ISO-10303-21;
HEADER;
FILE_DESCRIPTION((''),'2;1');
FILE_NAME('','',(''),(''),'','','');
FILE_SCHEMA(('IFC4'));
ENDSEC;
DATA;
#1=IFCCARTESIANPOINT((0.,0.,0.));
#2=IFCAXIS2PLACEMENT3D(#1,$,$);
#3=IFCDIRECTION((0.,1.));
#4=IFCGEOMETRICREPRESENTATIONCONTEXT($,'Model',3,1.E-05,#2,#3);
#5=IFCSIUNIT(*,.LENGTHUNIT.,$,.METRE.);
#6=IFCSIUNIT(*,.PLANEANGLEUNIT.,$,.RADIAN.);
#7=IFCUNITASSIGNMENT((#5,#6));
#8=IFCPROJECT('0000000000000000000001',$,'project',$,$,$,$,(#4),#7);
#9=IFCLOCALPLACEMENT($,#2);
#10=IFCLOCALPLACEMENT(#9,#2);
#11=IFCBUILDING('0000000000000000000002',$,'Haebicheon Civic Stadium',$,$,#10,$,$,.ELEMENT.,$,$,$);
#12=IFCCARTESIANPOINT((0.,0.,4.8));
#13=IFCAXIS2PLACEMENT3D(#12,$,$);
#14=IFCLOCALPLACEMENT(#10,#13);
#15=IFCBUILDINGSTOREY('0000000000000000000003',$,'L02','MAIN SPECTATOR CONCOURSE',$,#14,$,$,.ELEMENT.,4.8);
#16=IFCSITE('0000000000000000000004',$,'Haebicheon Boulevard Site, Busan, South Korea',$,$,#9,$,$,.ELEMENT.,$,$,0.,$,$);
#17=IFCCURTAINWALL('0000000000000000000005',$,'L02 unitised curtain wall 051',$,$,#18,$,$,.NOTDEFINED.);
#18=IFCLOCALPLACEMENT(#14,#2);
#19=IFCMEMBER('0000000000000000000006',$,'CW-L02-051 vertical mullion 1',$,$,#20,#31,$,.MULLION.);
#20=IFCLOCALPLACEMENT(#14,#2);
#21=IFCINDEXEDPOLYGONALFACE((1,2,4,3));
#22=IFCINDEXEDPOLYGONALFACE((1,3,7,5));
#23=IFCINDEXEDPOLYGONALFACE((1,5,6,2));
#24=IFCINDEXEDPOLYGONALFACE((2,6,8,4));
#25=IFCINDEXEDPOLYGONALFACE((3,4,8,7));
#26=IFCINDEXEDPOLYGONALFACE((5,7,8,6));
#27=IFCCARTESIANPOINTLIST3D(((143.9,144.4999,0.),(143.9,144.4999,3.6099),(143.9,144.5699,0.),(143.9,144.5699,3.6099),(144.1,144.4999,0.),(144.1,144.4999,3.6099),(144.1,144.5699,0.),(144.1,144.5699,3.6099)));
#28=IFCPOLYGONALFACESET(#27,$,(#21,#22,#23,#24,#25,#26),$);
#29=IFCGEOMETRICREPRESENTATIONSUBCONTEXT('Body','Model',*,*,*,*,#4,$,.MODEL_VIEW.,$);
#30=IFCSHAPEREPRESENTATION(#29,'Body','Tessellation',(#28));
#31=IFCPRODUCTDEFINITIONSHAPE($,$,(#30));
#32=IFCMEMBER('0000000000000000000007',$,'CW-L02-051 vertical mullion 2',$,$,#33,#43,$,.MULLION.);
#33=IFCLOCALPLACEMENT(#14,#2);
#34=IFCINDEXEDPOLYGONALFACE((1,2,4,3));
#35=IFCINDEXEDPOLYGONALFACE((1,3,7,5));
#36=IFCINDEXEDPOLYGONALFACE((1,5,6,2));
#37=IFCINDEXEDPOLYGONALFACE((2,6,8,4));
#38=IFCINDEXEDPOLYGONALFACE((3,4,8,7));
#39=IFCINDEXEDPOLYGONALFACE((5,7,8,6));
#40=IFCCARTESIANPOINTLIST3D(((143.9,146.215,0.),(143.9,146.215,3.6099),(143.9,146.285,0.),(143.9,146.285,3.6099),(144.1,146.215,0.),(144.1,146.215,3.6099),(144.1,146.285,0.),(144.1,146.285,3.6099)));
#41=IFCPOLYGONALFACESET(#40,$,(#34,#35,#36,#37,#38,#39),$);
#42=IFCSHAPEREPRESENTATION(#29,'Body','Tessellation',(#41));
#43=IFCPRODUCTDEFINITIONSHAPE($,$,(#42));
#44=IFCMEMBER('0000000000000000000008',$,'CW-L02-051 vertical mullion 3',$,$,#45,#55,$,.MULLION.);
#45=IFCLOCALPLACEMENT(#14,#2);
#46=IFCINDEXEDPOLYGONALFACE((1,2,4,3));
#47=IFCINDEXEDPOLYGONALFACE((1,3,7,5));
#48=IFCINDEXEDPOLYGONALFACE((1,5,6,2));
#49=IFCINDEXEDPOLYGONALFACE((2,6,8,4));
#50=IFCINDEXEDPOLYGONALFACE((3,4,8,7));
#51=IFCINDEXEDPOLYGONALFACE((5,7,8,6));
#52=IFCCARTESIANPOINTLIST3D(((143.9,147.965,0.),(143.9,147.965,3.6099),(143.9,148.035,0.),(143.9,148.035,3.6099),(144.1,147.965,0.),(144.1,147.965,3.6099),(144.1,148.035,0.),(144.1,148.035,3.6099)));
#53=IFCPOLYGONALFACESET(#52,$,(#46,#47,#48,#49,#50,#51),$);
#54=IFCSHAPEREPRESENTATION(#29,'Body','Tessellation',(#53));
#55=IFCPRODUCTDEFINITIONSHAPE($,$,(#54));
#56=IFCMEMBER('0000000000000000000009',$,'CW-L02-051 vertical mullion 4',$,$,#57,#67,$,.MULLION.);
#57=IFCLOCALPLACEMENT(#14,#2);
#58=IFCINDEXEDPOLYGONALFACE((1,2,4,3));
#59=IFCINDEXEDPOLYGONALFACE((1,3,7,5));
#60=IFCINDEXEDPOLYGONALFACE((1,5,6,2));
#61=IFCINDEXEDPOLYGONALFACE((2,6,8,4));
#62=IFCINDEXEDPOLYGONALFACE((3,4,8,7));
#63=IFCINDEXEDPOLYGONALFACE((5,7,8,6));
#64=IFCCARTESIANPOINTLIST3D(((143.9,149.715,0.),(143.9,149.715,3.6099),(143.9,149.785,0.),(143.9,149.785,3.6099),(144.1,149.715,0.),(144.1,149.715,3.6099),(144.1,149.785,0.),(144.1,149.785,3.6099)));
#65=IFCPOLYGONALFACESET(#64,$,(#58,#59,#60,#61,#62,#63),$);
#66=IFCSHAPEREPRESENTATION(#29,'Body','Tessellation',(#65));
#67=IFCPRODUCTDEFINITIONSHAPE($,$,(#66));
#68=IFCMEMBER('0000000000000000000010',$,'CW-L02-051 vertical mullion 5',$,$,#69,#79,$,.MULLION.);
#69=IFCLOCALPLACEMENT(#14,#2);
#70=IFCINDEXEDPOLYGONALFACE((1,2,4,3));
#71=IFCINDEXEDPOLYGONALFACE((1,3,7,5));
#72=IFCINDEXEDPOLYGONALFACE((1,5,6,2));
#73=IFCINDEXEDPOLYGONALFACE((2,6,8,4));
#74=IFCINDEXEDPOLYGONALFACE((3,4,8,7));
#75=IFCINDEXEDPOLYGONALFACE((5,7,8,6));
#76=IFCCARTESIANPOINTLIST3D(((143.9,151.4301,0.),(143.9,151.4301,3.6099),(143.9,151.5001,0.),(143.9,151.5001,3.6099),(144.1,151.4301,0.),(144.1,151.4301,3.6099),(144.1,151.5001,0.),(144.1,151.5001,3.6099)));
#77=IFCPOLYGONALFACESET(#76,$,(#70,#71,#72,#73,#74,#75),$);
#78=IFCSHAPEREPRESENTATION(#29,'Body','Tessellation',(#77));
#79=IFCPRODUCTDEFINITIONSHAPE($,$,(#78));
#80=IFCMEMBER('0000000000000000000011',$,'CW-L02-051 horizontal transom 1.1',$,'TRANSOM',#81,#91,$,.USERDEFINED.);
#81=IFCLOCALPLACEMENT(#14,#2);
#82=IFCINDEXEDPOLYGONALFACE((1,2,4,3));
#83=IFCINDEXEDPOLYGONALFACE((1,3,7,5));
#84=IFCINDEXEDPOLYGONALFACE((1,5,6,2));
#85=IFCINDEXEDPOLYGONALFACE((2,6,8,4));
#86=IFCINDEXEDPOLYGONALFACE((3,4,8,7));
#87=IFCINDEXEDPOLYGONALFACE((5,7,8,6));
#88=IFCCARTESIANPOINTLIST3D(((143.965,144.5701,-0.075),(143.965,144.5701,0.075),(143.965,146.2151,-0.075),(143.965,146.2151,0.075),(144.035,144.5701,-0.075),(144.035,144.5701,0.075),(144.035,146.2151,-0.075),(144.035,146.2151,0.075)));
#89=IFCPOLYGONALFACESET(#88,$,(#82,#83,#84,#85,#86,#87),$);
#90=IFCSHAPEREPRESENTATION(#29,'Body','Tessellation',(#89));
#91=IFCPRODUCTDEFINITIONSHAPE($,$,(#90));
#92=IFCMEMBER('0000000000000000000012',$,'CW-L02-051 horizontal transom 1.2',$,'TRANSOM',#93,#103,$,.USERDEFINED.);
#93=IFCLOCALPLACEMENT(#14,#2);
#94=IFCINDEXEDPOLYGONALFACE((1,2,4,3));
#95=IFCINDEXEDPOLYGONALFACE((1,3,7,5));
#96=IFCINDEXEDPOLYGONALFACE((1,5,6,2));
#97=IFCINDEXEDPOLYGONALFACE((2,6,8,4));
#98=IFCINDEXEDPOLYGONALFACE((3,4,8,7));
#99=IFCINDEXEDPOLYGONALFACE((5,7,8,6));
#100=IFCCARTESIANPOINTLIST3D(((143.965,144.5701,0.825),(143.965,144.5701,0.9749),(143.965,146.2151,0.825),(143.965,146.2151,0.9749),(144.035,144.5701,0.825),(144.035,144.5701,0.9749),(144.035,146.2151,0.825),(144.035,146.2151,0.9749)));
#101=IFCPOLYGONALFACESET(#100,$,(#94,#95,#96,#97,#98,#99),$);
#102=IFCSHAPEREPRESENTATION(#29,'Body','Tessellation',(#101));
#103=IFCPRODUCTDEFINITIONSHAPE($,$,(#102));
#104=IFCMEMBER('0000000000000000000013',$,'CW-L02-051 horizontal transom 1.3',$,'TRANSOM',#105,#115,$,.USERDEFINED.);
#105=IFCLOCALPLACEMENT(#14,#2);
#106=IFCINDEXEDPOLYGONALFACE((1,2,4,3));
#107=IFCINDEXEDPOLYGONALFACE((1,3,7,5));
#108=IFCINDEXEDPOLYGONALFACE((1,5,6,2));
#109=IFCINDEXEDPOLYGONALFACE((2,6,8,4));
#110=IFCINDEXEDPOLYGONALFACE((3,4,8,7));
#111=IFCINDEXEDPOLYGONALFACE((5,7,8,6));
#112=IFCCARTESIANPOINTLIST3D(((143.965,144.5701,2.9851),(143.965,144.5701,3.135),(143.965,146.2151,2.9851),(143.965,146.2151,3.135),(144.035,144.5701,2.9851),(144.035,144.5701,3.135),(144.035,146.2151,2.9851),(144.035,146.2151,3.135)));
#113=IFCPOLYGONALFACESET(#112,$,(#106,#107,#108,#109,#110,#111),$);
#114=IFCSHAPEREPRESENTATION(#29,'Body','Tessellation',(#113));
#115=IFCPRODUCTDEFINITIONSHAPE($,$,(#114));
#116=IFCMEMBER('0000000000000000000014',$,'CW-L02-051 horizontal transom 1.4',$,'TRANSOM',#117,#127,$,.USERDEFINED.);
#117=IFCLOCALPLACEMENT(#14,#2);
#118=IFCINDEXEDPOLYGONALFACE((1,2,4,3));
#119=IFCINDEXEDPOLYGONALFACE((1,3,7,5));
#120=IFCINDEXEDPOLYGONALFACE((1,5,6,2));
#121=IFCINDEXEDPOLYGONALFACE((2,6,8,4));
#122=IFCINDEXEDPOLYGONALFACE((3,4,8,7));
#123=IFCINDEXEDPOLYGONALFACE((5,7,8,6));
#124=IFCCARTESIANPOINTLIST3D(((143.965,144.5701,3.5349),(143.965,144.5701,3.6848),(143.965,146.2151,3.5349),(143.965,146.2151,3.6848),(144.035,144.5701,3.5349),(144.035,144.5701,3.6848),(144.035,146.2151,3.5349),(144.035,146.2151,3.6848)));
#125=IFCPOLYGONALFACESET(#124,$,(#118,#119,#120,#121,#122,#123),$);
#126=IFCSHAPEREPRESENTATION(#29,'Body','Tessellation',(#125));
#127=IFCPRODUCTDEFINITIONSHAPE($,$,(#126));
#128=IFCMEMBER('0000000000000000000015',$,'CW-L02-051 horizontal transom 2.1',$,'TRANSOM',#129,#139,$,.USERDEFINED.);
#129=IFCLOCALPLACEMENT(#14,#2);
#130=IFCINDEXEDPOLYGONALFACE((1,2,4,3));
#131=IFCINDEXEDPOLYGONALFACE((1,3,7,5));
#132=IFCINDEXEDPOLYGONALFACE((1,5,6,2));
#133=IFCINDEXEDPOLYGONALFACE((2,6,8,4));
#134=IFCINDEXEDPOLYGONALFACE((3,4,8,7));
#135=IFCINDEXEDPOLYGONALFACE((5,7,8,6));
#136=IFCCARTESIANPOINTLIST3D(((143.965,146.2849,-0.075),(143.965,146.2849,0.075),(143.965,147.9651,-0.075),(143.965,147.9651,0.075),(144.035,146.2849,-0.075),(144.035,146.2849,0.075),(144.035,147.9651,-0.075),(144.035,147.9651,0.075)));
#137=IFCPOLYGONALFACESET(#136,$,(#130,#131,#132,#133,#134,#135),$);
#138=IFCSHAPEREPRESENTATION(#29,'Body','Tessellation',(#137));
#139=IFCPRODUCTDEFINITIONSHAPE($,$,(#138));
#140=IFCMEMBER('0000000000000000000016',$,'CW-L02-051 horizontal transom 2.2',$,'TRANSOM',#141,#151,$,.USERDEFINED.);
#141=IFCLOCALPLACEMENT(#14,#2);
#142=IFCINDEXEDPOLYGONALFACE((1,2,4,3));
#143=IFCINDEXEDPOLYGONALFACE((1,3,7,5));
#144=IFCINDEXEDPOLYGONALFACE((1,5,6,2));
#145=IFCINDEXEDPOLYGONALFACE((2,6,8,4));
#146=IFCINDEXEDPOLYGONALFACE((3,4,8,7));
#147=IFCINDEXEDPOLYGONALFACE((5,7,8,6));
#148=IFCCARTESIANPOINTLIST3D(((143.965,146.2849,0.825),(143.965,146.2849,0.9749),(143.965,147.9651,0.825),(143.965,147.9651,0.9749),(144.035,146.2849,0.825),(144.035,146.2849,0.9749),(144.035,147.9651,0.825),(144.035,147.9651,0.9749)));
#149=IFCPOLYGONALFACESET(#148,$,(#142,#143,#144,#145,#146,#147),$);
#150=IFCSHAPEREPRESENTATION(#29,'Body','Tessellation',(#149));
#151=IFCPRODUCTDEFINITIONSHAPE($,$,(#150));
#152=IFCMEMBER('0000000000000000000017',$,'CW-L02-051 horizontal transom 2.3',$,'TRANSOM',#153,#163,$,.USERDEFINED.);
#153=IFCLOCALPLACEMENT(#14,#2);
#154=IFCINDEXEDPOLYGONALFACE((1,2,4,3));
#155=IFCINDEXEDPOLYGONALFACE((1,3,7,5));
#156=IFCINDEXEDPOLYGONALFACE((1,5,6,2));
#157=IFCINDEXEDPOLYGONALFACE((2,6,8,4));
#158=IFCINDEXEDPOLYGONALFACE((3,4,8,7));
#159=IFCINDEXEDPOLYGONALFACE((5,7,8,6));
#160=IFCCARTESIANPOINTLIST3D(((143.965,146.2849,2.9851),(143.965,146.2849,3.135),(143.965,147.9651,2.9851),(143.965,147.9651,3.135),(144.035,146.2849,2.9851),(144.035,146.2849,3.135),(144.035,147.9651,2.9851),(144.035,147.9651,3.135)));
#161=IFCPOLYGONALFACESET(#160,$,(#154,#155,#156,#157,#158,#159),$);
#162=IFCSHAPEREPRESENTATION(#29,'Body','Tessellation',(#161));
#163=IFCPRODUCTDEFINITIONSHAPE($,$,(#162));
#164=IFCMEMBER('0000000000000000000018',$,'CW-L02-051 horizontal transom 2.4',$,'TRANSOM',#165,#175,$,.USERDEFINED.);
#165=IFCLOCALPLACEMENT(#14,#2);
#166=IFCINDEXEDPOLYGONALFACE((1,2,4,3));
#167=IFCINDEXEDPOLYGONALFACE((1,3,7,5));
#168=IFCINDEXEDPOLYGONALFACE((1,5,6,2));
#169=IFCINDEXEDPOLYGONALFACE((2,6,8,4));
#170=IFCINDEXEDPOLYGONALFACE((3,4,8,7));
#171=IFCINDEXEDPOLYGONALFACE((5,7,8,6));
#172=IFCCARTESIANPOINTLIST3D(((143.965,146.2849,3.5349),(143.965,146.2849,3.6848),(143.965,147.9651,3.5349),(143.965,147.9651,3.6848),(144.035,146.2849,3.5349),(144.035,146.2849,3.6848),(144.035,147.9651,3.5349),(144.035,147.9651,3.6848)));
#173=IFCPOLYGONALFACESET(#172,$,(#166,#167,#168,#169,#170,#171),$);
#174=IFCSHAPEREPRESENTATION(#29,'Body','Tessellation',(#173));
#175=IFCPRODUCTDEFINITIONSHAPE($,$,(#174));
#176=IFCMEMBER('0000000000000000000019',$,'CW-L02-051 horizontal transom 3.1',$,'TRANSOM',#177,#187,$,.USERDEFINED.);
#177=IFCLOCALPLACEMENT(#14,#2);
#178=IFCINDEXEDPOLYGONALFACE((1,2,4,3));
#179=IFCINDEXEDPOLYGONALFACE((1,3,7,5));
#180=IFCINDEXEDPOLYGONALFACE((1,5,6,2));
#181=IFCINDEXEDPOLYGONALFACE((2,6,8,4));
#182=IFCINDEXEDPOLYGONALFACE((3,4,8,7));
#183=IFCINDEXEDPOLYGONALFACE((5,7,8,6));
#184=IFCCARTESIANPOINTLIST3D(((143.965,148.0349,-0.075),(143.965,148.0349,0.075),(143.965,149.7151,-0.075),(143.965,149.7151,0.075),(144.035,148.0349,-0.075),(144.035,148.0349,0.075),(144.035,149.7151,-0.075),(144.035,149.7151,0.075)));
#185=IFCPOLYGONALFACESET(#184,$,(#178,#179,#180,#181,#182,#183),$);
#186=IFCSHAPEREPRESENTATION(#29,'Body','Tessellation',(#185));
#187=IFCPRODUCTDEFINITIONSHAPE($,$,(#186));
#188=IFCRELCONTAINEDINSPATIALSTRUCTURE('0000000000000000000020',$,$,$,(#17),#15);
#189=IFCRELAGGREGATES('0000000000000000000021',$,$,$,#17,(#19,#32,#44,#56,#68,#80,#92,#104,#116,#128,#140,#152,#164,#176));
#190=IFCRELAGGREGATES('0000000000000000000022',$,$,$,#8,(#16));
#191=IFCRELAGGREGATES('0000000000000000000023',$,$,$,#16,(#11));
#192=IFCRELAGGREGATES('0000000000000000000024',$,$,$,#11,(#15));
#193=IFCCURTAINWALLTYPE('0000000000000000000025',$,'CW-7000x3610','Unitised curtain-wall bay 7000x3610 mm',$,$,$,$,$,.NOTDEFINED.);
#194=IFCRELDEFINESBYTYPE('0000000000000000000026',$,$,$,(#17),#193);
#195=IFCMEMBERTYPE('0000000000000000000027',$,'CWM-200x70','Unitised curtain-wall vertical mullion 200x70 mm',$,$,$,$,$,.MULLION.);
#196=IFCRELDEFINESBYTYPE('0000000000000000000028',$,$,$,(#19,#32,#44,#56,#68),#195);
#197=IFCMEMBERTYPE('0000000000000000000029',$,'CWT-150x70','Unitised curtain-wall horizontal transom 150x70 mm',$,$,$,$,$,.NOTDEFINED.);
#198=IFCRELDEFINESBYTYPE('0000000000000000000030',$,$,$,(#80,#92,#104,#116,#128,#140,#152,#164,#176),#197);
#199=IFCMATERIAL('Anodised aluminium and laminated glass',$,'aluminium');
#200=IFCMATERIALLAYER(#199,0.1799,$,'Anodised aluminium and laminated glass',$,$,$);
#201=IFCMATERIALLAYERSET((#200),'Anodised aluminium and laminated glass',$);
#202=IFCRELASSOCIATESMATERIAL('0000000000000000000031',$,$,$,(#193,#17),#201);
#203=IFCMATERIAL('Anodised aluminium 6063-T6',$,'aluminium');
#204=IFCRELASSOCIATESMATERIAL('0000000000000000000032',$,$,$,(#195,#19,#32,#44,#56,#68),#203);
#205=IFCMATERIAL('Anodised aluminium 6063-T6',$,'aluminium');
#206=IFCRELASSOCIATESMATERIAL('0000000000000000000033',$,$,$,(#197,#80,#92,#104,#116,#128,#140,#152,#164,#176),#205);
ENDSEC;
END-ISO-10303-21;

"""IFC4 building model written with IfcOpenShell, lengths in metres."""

from ifc_helpers import new_model, si_unit, direction, frame, origin, origin_2d, place, context, subcontext, project, spatial, rectangle, extrude, material, layer, layer_set, material_profile, profile_set, type_object, element, aggregate, save


model = new_model("IFC4")

# Units and contexts
model_context = context("Model", 3, precision=1e-05, world=origin(), true_north=direction((0.0, 1.0)))
body_context = subcontext(model_context, "Body", "Model", "MODEL_VIEW")
ifc_project = project(units=[si_unit("LENGTHUNIT", "METRE"), si_unit("PLANEANGLEUNIT", "RADIAN")], contexts=[model_context])

# Site, building, storey
site_placement = place(None, origin())
site = spatial("IfcSite", under=ifc_project, at=site_placement, Name="Haebicheon Boulevard Site, Busan, South Korea", CompositionType="ELEMENT", RefElevation=0.0)
building_placement = place(site_placement, origin())
building = spatial("IfcBuilding", under=site, at=building_placement, Name="Haebicheon Civic Stadium", CompositionType="ELEMENT")
storey_placement = place(building_placement, frame((0.0, 0.0, 4.8)))
storey = spatial("IfcBuildingStorey", under=building, at=storey_placement, Name="L02", Description="MAIN SPECTATOR CONCOURSE", CompositionType="ELEMENT", Elevation=4.8)

# Curtain wall, members
ifc_material_1 = material(Name="Anodised aluminium and laminated glass", Category="aluminium")
ifc_layer_1 = layer(ifc_material_1, 0.1799, Name="Anodised aluminium and laminated glass")
ifc_layer_set_1 = layer_set([ifc_layer_1], Name="Anodised aluminium and laminated glass")
curtain_wall_type = type_object("IfcCurtainWallType", Name="CW-7000x3610", Description="Unitised curtain-wall bay 7000x3610 mm", PredefinedType="NOTDEFINED", material=ifc_layer_set_1)
curtain_wall_placement = place(storey_placement, origin())
curtain_wall = element("IfcCurtainWall", 1, at=curtain_wall_placement, inside=storey, type_object=curtain_wall_type, material=ifc_layer_set_1, Name="L02 unitised curtain wall 051", PredefinedType="NOTDEFINED")
ifc_material_2 = material(Name="Anodised aluminium 6063-T6", Category="aluminium")
ifc_material_profile_1 = material_profile(ifc_material_2, rectangle(XDim=0.0701, YDim=0.2, at=origin_2d()), Name="ALU-MULL-70x200")
ifc_profile_set_1 = profile_set([ifc_material_profile_1], Name="Anodised aluminium 6063-T6")
member_type_1 = type_object("IfcMemberType", Name="CWM-200x70", Description="Unitised curtain-wall vertical mullion 200x70 mm", PredefinedType="MULLION", material=ifc_profile_set_1)
member_1_placement = place(storey_placement, frame((144.0, 144.5349, 0.0), z_axis=(0.0, 0.0, 1.0), x_axis=(0.0, 1.0, 0.0)))
member_1 = element("IfcMember", 2, at=member_1_placement, type_object=member_type_1, material=ifc_profile_set_1, Name="CW-L02-051 vertical mullion 1", PredefinedType="MULLION", context=body_context, shape_type="SweptSolid", body=[
    extrude(rectangle(XDim=0.0701, YDim=0.2, at=origin_2d()), origin(), (0.0, 0.0, 1.0), 3.6099),
])
member_2_placement = place(storey_placement, frame((144.0, 146.25, 0.0), z_axis=(0.0, 0.0, 1.0), x_axis=(0.0, 1.0, 0.0)))
member_2 = element("IfcMember", 3, at=member_2_placement, type_object=member_type_1, material=ifc_profile_set_1, Name="CW-L02-051 vertical mullion 2", PredefinedType="MULLION", context=body_context, shape_type="SweptSolid", body=[
    extrude(rectangle(XDim=0.0701, YDim=0.2, at=origin_2d()), origin(), (0.0, 0.0, 1.0), 3.6099),
])
member_3_placement = place(storey_placement, frame((144.0, 148.0, 0.0), z_axis=(0.0, 0.0, 1.0), x_axis=(0.0, 1.0, 0.0)))
member_3 = element("IfcMember", 4, at=member_3_placement, type_object=member_type_1, material=ifc_profile_set_1, Name="CW-L02-051 vertical mullion 3", PredefinedType="MULLION", context=body_context, shape_type="SweptSolid", body=[
    extrude(rectangle(XDim=0.0701, YDim=0.2, at=origin_2d()), origin(), (0.0, 0.0, 1.0), 3.6099),
])
member_4_placement = place(storey_placement, frame((144.0, 149.75, 0.0), z_axis=(0.0, 0.0, 1.0), x_axis=(0.0, 1.0, 0.0)))
member_4 = element("IfcMember", 5, at=member_4_placement, type_object=member_type_1, material=ifc_profile_set_1, Name="CW-L02-051 vertical mullion 4", PredefinedType="MULLION", context=body_context, shape_type="SweptSolid", body=[
    extrude(rectangle(XDim=0.0701, YDim=0.2, at=origin_2d()), origin(), (0.0, 0.0, 1.0), 3.6099),
])
member_5_placement = place(storey_placement, frame((144.0, 151.4651, 0.0), z_axis=(0.0, 0.0, 1.0), x_axis=(0.0, 1.0, 0.0)))
member_5 = element("IfcMember", 6, at=member_5_placement, type_object=member_type_1, material=ifc_profile_set_1, Name="CW-L02-051 vertical mullion 5", PredefinedType="MULLION", context=body_context, shape_type="SweptSolid", body=[
    extrude(rectangle(XDim=0.0701, YDim=0.2, at=origin_2d()), origin(), (0.0, 0.0, 1.0), 3.6099),
])
ifc_material_3 = material(Name="Anodised aluminium 6063-T6", Category="aluminium")
ifc_material_profile_2 = material_profile(ifc_material_3, rectangle(XDim=0.0701, YDim=0.1499, at=origin_2d()), Name="ALU-TRAN-70x150")
ifc_profile_set_2 = profile_set([ifc_material_profile_2], Name="Anodised aluminium 6063-T6")
member_type_2 = type_object("IfcMemberType", Name="CWT-150x70", Description="Unitised curtain-wall horizontal transom 150x70 mm", PredefinedType="NOTDEFINED", material=ifc_profile_set_2)
member_6_placement = place(storey_placement, frame((144.0, 144.5701, 0.0), z_axis=(0.0, 1.0, 0.0), x_axis=(-1.0, 0.0, 0.0)))
member_6 = element("IfcMember", 7, at=member_6_placement, type_object=member_type_2, material=ifc_profile_set_2, Name="CW-L02-051 horizontal transom 1.1", ObjectType="TRANSOM", PredefinedType="USERDEFINED", context=body_context, shape_type="SweptSolid", body=[
    extrude(rectangle(XDim=0.0701, YDim=0.1499, at=origin_2d()), origin(), (0.0, 0.0, 1.0), 1.645),
])
member_7_placement = place(storey_placement, frame((144.0, 144.5701, 0.8999), z_axis=(0.0, 1.0, 0.0), x_axis=(-1.0, 0.0, 0.0)))
member_7 = element("IfcMember", 8, at=member_7_placement, type_object=member_type_2, material=ifc_profile_set_2, Name="CW-L02-051 horizontal transom 1.2", ObjectType="TRANSOM", PredefinedType="USERDEFINED", context=body_context, shape_type="SweptSolid", body=[
    extrude(rectangle(XDim=0.0701, YDim=0.1499, at=origin_2d()), origin(), (0.0, 0.0, 1.0), 1.645),
])
member_8_placement = place(storey_placement, frame((144.0, 144.5701, 3.0601), z_axis=(0.0, 1.0, 0.0), x_axis=(-1.0, 0.0, 0.0)))
member_8 = element("IfcMember", 9, at=member_8_placement, type_object=member_type_2, material=ifc_profile_set_2, Name="CW-L02-051 horizontal transom 1.3", ObjectType="TRANSOM", PredefinedType="USERDEFINED", context=body_context, shape_type="SweptSolid", body=[
    extrude(rectangle(XDim=0.0701, YDim=0.1499, at=origin_2d()), origin(), (0.0, 0.0, 1.0), 1.645),
])
member_9_placement = place(storey_placement, frame((144.0, 144.5701, 3.6099), z_axis=(0.0, 1.0, 0.0), x_axis=(-1.0, 0.0, 0.0)))
member_9 = element("IfcMember", 10, at=member_9_placement, type_object=member_type_2, material=ifc_profile_set_2, Name="CW-L02-051 horizontal transom 1.4", ObjectType="TRANSOM", PredefinedType="USERDEFINED", context=body_context, shape_type="SweptSolid", body=[
    extrude(rectangle(XDim=0.0701, YDim=0.1499, at=origin_2d()), origin(), (0.0, 0.0, 1.0), 1.645),
])
member_10_placement = place(storey_placement, frame((144.0, 146.2849, 0.0), z_axis=(0.0, 1.0, 0.0), x_axis=(-1.0, 0.0, 0.0)))
member_10 = element("IfcMember", 11, at=member_10_placement, type_object=member_type_2, material=ifc_profile_set_2, Name="CW-L02-051 horizontal transom 2.1", ObjectType="TRANSOM", PredefinedType="USERDEFINED", context=body_context, shape_type="SweptSolid", body=[
    extrude(rectangle(XDim=0.0701, YDim=0.1499, at=origin_2d()), origin(), (0.0, 0.0, 1.0), 1.6802),
])
member_11_placement = place(storey_placement, frame((144.0, 146.2849, 0.8999), z_axis=(0.0, 1.0, 0.0), x_axis=(-1.0, 0.0, 0.0)))
member_11 = element("IfcMember", 12, at=member_11_placement, type_object=member_type_2, material=ifc_profile_set_2, Name="CW-L02-051 horizontal transom 2.2", ObjectType="TRANSOM", PredefinedType="USERDEFINED", context=body_context, shape_type="SweptSolid", body=[
    extrude(rectangle(XDim=0.0701, YDim=0.1499, at=origin_2d()), origin(), (0.0, 0.0, 1.0), 1.6802),
])
member_12_placement = place(storey_placement, frame((144.0, 146.2849, 3.0601), z_axis=(0.0, 1.0, 0.0), x_axis=(-1.0, 0.0, 0.0)))
member_12 = element("IfcMember", 13, at=member_12_placement, type_object=member_type_2, material=ifc_profile_set_2, Name="CW-L02-051 horizontal transom 2.3", ObjectType="TRANSOM", PredefinedType="USERDEFINED", context=body_context, shape_type="SweptSolid", body=[
    extrude(rectangle(XDim=0.0701, YDim=0.1499, at=origin_2d()), origin(), (0.0, 0.0, 1.0), 1.6802),
])
member_13_placement = place(storey_placement, frame((144.0, 146.2849, 3.6099), z_axis=(0.0, 1.0, 0.0), x_axis=(-1.0, 0.0, 0.0)))
member_13 = element("IfcMember", 14, at=member_13_placement, type_object=member_type_2, material=ifc_profile_set_2, Name="CW-L02-051 horizontal transom 2.4", ObjectType="TRANSOM", PredefinedType="USERDEFINED", context=body_context, shape_type="SweptSolid", body=[
    extrude(rectangle(XDim=0.0701, YDim=0.1499, at=origin_2d()), origin(), (0.0, 0.0, 1.0), 1.6802),
])
member_14_placement = place(storey_placement, frame((144.0, 148.0349, 0.0), z_axis=(0.0, 1.0, 0.0), x_axis=(-1.0, 0.0, 0.0)))
member_14 = element("IfcMember", 15, at=member_14_placement, type_object=member_type_2, material=ifc_profile_set_2, Name="CW-L02-051 horizontal transom 3.1", ObjectType="TRANSOM", PredefinedType="USERDEFINED", context=body_context, shape_type="SweptSolid", body=[
    extrude(rectangle(XDim=0.0701, YDim=0.1499, at=origin_2d()), origin(), (0.0, 0.0, 1.0), 1.6802),
])

aggregate(curtain_wall, [member_1, member_2, member_3, member_4, member_5, member_6, member_7, member_8, member_9, member_10, member_11, member_12, member_13, member_14])

save(model, "model.ifc")
